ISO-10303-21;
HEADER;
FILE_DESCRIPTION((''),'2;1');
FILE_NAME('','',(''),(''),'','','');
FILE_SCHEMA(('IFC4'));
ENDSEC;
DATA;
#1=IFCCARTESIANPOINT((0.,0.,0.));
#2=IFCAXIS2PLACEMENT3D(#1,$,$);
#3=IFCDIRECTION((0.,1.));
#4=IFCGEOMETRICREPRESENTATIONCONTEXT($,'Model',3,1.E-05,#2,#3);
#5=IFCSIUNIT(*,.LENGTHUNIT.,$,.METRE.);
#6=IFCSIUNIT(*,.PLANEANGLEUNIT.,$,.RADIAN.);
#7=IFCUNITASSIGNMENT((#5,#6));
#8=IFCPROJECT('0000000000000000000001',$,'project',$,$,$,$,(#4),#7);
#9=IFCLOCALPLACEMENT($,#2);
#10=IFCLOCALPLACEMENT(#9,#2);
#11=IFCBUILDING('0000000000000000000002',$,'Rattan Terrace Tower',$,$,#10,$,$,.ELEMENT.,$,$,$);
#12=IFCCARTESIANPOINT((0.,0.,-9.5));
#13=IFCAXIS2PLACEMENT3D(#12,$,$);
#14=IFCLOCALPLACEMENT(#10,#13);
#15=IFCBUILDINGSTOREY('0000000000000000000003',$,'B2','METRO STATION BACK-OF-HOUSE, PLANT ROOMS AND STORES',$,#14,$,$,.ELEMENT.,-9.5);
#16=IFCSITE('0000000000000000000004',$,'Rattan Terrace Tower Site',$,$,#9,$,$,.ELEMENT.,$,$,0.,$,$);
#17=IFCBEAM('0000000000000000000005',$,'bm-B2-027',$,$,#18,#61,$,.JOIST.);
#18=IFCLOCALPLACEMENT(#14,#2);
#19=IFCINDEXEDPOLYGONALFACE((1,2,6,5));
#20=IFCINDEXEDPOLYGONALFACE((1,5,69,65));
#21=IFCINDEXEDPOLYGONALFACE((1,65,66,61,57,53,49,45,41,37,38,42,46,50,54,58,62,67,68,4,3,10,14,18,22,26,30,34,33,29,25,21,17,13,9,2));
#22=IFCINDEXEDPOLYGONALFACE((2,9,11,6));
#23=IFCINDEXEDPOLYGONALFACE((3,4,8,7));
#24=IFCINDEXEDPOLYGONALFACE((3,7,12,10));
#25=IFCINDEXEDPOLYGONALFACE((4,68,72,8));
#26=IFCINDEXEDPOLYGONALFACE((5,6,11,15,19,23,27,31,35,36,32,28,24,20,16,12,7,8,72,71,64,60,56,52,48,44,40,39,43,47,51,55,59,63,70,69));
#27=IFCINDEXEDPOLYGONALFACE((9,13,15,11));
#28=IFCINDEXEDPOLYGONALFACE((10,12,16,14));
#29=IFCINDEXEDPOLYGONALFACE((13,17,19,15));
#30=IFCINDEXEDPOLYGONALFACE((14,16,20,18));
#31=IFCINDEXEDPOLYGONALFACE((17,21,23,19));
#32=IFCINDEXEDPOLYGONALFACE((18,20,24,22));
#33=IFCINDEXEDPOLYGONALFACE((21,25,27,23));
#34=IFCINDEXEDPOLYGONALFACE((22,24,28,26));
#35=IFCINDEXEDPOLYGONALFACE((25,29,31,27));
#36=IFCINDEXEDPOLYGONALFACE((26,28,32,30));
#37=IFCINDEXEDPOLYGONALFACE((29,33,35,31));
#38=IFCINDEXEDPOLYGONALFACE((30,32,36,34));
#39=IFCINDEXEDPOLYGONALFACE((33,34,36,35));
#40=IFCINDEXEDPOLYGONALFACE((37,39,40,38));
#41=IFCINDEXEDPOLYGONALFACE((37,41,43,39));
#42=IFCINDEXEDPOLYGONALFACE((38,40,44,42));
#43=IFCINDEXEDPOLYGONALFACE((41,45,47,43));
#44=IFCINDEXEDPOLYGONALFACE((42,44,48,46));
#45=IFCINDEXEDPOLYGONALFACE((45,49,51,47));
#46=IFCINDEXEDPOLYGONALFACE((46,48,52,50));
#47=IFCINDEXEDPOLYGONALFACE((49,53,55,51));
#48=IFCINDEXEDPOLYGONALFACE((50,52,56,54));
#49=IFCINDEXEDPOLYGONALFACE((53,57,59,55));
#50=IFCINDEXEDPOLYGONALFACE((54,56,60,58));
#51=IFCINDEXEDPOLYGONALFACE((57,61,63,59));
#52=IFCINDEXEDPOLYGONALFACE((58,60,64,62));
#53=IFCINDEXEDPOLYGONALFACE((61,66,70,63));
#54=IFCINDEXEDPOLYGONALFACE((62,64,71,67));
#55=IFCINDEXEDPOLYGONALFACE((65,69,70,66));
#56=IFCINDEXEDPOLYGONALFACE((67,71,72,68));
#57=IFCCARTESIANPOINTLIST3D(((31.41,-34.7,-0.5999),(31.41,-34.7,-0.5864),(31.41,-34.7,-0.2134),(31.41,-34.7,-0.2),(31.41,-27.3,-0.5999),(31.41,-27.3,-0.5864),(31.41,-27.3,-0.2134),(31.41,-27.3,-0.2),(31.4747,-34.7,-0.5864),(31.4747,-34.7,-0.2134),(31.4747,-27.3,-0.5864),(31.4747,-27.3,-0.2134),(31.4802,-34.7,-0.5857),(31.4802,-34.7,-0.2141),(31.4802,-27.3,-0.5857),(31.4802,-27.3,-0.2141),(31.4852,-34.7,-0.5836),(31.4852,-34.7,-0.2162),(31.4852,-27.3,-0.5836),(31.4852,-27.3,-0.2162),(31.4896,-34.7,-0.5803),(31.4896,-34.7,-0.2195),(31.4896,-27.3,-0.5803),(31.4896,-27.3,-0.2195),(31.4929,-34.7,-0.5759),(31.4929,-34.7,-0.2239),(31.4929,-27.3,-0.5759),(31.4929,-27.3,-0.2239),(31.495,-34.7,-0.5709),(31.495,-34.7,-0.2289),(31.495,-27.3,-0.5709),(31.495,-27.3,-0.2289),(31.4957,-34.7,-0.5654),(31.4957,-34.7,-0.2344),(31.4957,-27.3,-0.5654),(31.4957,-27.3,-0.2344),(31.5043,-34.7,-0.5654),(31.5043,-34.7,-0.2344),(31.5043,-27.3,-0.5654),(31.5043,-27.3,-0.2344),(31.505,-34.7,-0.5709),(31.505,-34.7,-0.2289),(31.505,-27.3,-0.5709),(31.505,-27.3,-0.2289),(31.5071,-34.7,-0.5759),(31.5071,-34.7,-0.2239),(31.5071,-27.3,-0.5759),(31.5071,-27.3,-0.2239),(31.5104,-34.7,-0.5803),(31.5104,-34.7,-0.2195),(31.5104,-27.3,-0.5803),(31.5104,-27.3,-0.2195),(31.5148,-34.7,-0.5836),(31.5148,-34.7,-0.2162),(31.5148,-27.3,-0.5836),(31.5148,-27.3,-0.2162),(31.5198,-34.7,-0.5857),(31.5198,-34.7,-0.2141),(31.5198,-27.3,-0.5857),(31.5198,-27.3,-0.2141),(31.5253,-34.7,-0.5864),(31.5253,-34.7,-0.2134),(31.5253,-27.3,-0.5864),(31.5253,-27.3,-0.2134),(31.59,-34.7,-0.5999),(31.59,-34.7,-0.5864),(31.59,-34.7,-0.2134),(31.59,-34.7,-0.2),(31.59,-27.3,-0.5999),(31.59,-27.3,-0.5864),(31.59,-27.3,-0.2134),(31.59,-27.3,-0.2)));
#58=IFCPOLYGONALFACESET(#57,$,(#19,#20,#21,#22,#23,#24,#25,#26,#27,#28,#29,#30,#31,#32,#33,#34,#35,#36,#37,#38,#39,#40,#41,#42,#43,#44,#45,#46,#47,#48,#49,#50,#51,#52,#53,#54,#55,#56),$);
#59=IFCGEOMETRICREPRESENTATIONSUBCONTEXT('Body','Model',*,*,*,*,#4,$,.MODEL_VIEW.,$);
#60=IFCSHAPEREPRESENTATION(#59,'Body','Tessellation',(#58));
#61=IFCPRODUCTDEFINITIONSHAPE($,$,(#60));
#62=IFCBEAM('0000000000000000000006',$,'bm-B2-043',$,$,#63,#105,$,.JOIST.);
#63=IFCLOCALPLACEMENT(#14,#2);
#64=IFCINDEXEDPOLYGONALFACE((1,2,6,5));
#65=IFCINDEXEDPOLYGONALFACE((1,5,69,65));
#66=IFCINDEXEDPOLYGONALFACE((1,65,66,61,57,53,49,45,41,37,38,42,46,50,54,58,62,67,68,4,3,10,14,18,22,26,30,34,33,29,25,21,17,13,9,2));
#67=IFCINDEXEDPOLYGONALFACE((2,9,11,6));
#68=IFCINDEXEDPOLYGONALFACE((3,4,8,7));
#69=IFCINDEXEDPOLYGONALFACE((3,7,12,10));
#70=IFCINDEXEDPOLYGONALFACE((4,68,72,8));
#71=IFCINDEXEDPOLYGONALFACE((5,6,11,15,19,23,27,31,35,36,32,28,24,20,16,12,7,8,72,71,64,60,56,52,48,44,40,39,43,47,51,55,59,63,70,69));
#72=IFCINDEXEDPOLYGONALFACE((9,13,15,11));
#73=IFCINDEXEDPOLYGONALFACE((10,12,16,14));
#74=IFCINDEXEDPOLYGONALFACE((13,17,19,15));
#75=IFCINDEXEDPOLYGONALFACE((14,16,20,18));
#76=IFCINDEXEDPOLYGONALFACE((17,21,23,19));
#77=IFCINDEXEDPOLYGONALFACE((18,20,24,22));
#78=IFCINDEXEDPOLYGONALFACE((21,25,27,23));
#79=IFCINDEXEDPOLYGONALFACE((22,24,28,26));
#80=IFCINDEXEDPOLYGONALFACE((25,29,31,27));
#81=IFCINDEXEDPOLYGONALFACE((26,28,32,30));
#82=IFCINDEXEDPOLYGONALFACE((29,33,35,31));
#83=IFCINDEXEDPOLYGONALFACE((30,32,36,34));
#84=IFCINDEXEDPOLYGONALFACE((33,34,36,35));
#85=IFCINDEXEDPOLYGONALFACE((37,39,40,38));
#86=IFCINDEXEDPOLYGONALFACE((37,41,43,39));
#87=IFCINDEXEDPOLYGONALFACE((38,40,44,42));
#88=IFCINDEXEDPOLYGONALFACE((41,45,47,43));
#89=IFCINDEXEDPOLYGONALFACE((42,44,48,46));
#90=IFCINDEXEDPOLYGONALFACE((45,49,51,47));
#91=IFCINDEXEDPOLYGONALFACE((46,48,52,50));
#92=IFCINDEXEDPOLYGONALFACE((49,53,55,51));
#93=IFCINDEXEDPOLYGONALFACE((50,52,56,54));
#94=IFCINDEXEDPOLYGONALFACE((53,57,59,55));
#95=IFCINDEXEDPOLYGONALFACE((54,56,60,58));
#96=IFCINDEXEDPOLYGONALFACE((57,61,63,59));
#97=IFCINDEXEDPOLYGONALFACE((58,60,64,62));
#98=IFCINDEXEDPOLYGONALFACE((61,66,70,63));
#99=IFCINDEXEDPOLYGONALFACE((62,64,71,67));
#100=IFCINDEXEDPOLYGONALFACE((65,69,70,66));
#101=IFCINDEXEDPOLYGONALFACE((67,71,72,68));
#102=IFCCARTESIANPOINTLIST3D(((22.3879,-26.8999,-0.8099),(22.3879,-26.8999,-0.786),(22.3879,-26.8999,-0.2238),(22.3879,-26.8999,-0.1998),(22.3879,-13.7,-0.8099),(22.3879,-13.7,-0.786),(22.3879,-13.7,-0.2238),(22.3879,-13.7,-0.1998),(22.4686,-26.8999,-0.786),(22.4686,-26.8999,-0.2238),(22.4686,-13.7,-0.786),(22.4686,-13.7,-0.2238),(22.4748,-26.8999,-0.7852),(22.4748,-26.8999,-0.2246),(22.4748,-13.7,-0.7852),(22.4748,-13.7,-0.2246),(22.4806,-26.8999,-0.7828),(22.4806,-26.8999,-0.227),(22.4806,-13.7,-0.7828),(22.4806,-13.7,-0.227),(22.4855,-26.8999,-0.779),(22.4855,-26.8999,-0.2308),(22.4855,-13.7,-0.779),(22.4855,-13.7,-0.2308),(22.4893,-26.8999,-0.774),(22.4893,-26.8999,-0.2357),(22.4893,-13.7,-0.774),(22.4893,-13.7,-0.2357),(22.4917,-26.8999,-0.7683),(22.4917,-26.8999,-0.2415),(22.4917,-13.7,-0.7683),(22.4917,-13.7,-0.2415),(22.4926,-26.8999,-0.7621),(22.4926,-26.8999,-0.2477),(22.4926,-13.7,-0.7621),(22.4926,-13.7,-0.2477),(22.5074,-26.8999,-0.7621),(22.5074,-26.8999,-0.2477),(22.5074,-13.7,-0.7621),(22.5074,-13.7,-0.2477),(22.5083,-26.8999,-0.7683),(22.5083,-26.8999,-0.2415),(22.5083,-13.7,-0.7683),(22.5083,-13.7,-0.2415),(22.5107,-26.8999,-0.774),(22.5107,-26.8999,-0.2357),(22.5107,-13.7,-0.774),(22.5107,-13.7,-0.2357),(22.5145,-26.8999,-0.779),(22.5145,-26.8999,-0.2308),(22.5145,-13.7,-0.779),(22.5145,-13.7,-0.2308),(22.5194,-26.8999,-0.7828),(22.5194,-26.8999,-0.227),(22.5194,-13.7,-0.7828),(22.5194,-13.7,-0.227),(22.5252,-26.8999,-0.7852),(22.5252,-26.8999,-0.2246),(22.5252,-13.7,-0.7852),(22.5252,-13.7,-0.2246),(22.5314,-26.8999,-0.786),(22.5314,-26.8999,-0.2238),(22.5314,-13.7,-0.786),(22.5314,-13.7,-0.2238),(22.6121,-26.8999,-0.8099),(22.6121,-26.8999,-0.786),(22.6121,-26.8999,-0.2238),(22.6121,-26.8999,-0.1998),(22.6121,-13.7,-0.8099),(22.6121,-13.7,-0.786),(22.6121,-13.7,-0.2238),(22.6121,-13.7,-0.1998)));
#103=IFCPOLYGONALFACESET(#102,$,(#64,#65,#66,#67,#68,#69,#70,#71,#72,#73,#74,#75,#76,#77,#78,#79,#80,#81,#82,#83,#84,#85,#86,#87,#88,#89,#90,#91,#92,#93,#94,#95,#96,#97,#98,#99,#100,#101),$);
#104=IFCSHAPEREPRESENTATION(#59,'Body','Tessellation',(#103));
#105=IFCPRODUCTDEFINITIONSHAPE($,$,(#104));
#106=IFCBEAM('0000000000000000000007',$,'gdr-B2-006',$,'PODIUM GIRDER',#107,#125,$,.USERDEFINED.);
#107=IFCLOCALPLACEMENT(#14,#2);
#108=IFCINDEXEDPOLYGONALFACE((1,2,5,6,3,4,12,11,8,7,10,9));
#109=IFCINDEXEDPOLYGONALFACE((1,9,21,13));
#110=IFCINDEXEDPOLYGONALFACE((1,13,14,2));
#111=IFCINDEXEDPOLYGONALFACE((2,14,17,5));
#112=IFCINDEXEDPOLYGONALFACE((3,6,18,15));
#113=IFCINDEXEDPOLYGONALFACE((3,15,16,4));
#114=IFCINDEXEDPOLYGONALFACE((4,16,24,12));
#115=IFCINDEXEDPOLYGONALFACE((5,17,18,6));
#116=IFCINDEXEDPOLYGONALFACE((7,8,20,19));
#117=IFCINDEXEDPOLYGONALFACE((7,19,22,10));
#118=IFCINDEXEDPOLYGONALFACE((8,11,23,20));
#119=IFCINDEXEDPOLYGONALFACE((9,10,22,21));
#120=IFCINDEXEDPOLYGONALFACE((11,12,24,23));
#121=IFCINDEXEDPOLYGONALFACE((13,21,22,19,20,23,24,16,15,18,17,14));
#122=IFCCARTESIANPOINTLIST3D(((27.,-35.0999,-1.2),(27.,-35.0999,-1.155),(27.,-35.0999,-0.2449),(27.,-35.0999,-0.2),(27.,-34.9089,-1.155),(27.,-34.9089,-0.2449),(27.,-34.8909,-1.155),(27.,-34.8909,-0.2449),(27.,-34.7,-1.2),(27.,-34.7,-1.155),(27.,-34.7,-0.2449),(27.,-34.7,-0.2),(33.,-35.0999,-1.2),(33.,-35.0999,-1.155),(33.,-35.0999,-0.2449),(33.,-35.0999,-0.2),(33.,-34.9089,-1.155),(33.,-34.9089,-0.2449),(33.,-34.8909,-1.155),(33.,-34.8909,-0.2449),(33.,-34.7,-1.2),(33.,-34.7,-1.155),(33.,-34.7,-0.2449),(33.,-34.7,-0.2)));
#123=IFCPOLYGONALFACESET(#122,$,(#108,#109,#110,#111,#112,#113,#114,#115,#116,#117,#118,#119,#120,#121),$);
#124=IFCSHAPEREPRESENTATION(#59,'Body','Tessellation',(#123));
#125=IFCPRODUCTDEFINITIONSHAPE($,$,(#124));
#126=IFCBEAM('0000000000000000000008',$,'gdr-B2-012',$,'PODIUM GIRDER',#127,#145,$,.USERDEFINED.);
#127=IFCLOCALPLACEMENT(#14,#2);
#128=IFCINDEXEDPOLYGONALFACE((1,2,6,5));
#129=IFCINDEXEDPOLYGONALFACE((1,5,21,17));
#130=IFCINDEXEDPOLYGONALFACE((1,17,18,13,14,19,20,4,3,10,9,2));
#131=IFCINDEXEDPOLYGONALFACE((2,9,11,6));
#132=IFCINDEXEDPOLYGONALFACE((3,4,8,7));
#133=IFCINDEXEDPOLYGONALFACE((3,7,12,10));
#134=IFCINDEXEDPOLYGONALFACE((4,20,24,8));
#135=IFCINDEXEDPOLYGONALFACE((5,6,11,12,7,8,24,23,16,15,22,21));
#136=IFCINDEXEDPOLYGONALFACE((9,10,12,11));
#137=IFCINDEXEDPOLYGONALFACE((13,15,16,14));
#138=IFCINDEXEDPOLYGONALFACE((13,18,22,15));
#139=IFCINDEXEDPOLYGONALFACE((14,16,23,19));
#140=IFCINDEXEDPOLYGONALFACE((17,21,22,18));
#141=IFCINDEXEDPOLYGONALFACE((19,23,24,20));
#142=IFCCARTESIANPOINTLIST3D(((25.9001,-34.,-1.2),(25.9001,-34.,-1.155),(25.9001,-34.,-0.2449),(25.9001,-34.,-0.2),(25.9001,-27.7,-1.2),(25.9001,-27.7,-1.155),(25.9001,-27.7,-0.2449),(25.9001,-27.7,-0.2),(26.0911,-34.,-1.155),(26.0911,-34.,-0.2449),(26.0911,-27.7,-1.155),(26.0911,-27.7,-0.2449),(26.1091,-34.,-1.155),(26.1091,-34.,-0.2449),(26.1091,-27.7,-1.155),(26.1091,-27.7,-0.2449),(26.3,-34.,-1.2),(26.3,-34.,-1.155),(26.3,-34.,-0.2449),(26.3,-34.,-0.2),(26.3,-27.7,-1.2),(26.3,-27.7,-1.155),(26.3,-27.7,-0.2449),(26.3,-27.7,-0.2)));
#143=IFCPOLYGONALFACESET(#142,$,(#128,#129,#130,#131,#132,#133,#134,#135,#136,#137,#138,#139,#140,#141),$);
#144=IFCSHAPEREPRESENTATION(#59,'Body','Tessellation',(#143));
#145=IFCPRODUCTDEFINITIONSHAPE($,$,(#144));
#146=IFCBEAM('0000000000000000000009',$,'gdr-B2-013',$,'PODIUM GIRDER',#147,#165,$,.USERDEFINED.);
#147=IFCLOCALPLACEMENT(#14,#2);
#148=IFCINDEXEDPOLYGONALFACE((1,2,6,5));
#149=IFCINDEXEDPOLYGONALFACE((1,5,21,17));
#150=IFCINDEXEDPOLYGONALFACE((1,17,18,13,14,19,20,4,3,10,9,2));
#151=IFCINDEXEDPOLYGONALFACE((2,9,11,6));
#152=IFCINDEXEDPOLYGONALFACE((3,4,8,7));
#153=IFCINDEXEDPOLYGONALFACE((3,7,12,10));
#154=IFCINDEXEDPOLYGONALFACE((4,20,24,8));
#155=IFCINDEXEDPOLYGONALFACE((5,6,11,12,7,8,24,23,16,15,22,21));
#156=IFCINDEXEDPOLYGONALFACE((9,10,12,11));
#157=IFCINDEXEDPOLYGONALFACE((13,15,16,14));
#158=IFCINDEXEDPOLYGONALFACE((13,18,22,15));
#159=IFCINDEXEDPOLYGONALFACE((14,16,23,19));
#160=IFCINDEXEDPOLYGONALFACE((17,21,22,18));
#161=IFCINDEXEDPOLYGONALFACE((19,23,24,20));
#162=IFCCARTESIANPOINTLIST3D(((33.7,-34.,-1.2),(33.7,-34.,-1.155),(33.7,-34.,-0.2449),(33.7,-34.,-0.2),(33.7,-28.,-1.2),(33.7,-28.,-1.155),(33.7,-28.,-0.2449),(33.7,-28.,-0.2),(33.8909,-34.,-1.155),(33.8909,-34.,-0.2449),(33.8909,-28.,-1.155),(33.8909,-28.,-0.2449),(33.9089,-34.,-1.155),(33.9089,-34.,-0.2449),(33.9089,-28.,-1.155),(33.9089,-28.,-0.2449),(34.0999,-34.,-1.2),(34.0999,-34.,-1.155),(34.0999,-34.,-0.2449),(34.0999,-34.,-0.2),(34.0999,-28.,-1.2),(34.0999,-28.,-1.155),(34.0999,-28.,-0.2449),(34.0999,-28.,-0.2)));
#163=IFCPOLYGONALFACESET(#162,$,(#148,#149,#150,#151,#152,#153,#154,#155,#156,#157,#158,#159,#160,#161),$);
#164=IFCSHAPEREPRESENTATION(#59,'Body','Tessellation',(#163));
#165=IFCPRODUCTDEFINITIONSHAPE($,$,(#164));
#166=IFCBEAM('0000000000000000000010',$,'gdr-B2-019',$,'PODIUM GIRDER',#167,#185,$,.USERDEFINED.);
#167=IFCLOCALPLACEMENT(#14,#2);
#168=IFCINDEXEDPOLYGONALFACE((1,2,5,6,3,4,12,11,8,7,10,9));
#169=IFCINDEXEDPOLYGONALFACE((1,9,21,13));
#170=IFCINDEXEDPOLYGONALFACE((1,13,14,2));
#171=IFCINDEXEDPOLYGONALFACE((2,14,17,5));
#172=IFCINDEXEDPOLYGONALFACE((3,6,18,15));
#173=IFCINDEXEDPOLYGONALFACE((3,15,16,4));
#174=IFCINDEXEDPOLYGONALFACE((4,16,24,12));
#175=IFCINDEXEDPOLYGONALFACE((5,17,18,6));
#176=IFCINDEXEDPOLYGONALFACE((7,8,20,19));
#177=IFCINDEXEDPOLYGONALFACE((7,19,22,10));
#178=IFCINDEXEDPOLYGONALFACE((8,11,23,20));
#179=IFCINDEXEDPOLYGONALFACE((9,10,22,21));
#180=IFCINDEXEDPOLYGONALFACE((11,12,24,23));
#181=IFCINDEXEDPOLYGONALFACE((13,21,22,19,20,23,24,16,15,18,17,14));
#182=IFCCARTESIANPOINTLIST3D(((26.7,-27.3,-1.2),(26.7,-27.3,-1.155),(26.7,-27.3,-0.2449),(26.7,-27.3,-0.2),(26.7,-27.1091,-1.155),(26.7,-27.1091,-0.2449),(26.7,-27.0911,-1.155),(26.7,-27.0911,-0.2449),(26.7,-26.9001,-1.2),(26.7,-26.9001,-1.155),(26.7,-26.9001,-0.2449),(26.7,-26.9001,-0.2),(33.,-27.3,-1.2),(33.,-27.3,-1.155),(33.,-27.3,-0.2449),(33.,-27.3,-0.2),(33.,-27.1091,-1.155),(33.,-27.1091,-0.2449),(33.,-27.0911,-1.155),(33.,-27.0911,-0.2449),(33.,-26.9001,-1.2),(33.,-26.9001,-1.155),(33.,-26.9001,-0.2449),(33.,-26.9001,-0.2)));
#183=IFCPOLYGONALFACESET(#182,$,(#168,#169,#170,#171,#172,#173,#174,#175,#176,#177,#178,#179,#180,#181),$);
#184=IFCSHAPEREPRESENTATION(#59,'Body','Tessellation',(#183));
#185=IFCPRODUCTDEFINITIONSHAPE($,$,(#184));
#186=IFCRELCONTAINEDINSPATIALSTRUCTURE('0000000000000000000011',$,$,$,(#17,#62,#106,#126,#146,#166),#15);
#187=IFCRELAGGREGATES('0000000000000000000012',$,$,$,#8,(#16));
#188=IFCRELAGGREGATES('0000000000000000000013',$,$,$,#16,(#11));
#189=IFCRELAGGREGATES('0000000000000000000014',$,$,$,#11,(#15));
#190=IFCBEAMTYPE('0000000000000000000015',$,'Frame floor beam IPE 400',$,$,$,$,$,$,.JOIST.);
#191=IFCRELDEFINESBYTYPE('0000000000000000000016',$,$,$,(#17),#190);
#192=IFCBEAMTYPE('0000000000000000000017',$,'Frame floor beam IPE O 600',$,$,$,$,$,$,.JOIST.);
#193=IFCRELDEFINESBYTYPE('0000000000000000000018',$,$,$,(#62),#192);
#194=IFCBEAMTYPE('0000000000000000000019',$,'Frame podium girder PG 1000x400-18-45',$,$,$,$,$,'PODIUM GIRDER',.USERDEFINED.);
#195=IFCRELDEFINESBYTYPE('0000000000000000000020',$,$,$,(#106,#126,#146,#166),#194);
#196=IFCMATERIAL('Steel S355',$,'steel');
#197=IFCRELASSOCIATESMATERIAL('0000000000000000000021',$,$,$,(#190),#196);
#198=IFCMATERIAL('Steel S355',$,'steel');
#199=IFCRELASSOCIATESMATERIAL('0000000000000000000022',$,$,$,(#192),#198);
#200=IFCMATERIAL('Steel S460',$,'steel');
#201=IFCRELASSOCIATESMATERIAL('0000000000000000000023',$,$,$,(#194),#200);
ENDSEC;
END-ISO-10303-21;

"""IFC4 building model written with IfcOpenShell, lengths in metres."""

from ifc_helpers import new_model, si_unit, direction, frame, origin, origin_2d, place, context, subcontext, project, spatial, i_section, extrude, material, material_profile, profile_set, type_object, element, save


model = new_model("IFC4")

# Units and contexts
model_context = context("Model", 3, precision=1e-05, world=origin(), true_north=direction((0.0, 1.0)))
body_context = subcontext(model_context, "Body", "Model", "MODEL_VIEW")
ifc_project = project(units=[si_unit("LENGTHUNIT", "METRE"), si_unit("PLANEANGLEUNIT", "RADIAN")], contexts=[model_context])

# Site, building, storey
site_placement = place(None, origin())
site = spatial("IfcSite", under=ifc_project, at=site_placement, Name="Rattan Terrace Tower Site", CompositionType="ELEMENT", RefElevation=0.0)
building_placement = place(site_placement, origin())
building = spatial("IfcBuilding", under=site, at=building_placement, Name="Rattan Terrace Tower", CompositionType="ELEMENT")
storey_placement = place(building_placement, frame((0.0, 0.0, -9.5)))
storey = spatial("IfcBuildingStorey", under=building, at=storey_placement, Name="B2", Description="METRO STATION BACK-OF-HOUSE, PLANT ROOMS AND STORES", CompositionType="ELEMENT", Elevation=-9.5)

# Beams
ifc_material_1 = material(Name="Steel S355", Category="steel")
ifc_material_profile_1 = material_profile(ifc_material_1, i_section(OverallWidth=0.1799, OverallDepth=0.3999, WebThickness=0.0085, FlangeThickness=0.0134, FilletRadius=0.021, at=origin_2d()), Name="IPE 400")
ifc_profile_set_1 = profile_set([ifc_material_profile_1], Name="Steel S355")
beam_type_1 = type_object("IfcBeamType", Name="Frame floor beam IPE 400", PredefinedType="JOIST", material=ifc_profile_set_1)
for number, where, z_axis, x_axis, name in (
    (1, (31.5, -34.7, -0.3999), (0.0, 1.0, 0.0), (-1.0, 0.0, 0.0), "bm-B2-027"),
):
    element("IfcBeam", number, at=place(storey_placement, frame(where, z_axis=z_axis, x_axis=x_axis)), inside=storey, type_object=beam_type_1, Name=name, PredefinedType="JOIST", context=body_context, shape_type="SweptSolid", body=[
        extrude(i_section(OverallWidth=0.1799, OverallDepth=0.3999, WebThickness=0.0085, FlangeThickness=0.0134, FilletRadius=0.021, at=origin_2d()), origin(), (0.0, 0.0, 1.0), 7.3999),
    ])
ifc_material_2 = material(Name="Steel S355", Category="steel")
ifc_material_profile_2 = material_profile(ifc_material_2, i_section(OverallWidth=0.2241, OverallDepth=0.6101, WebThickness=0.0149, FlangeThickness=0.0239, FilletRadius=0.0239, at=origin_2d()), Name="IPE O 600")
ifc_profile_set_2 = profile_set([ifc_material_profile_2], Name="Steel S355")
beam_type_2 = type_object("IfcBeamType", Name="Frame floor beam IPE O 600", PredefinedType="JOIST", material=ifc_profile_set_2)
beam_1_placement = place(storey_placement, frame((22.5, -26.8999, -0.5049), z_axis=(0.0, 1.0, 0.0), x_axis=(-1.0, 0.0, 0.0)))
element("IfcBeam", 2, at=beam_1_placement, inside=storey, type_object=beam_type_2, Name="bm-B2-043", PredefinedType="JOIST", context=body_context, shape_type="SweptSolid", body=[
    extrude(i_section(OverallWidth=0.2241, OverallDepth=0.6101, WebThickness=0.0149, FlangeThickness=0.0239, FilletRadius=0.0239, at=origin_2d()), origin(), (0.0, 0.0, 1.0), 13.2),
])
ifc_material_3 = material(Name="Steel S460", Category="steel")
ifc_material_profile_3 = material_profile(ifc_material_3, i_section(OverallWidth=0.3999, OverallDepth=1.0, WebThickness=0.0181, FlangeThickness=0.0449, at=origin_2d()), Name="PG 1000x400-18-45")
ifc_profile_set_3 = profile_set([ifc_material_profile_3], Name="Steel S460")
beam_type_3 = type_object("IfcBeamType", Name="Frame podium girder PG 1000x400-18-45", ElementType="PODIUM GIRDER", PredefinedType="USERDEFINED", material=ifc_profile_set_3)
beam_2_placement = place(storey_placement, frame((27.0, -34.8999, -0.7), z_axis=(1.0, 0.0, 0.0), x_axis=(0.0, 1.0, 0.0)))
element("IfcBeam", 3, at=beam_2_placement, inside=storey, type_object=beam_type_3, Name="gdr-B2-006", ObjectType="PODIUM GIRDER", PredefinedType="USERDEFINED", context=body_context, shape_type="SweptSolid", body=[
    extrude(i_section(OverallWidth=0.3999, OverallDepth=1.0, WebThickness=0.0181, FlangeThickness=0.0449, at=origin_2d()), origin(), (0.0, 0.0, 1.0), 6.0),
])
beam_3_placement = place(storey_placement, frame((26.1001, -34.0, -0.7), z_axis=(0.0, 1.0, 0.0), x_axis=(-1.0, 0.0, 0.0)))
element("IfcBeam", 4, at=beam_3_placement, inside=storey, type_object=beam_type_3, Name="gdr-B2-012", ObjectType="PODIUM GIRDER", PredefinedType="USERDEFINED", context=body_context, shape_type="SweptSolid", body=[
    extrude(i_section(OverallWidth=0.3999, OverallDepth=1.0, WebThickness=0.0181, FlangeThickness=0.0449, at=origin_2d()), origin(), (0.0, 0.0, 1.0), 6.3),
])
beam_4_placement = place(storey_placement, frame((33.8999, -34.0, -0.7), z_axis=(0.0, 1.0, 0.0), x_axis=(-1.0, 0.0, 0.0)))
element("IfcBeam", 5, at=beam_4_placement, inside=storey, type_object=beam_type_3, Name="gdr-B2-013", ObjectType="PODIUM GIRDER", PredefinedType="USERDEFINED", context=body_context, shape_type="SweptSolid", body=[
    extrude(i_section(OverallWidth=0.3999, OverallDepth=1.0, WebThickness=0.0181, FlangeThickness=0.0449, at=origin_2d()), origin(), (0.0, 0.0, 1.0), 6.0),
])
beam_5_placement = place(storey_placement, frame((26.7, -27.1001, -0.7), z_axis=(1.0, 0.0, 0.0), x_axis=(0.0, 1.0, 0.0)))
element("IfcBeam", 6, at=beam_5_placement, inside=storey, type_object=beam_type_3, Name="gdr-B2-019", ObjectType="PODIUM GIRDER", PredefinedType="USERDEFINED", context=body_context, shape_type="SweptSolid", body=[
    extrude(i_section(OverallWidth=0.3999, OverallDepth=1.0, WebThickness=0.0181, FlangeThickness=0.0449, at=origin_2d()), origin(), (0.0, 0.0, 1.0), 6.3),
])

save(model, "model.ifc")
